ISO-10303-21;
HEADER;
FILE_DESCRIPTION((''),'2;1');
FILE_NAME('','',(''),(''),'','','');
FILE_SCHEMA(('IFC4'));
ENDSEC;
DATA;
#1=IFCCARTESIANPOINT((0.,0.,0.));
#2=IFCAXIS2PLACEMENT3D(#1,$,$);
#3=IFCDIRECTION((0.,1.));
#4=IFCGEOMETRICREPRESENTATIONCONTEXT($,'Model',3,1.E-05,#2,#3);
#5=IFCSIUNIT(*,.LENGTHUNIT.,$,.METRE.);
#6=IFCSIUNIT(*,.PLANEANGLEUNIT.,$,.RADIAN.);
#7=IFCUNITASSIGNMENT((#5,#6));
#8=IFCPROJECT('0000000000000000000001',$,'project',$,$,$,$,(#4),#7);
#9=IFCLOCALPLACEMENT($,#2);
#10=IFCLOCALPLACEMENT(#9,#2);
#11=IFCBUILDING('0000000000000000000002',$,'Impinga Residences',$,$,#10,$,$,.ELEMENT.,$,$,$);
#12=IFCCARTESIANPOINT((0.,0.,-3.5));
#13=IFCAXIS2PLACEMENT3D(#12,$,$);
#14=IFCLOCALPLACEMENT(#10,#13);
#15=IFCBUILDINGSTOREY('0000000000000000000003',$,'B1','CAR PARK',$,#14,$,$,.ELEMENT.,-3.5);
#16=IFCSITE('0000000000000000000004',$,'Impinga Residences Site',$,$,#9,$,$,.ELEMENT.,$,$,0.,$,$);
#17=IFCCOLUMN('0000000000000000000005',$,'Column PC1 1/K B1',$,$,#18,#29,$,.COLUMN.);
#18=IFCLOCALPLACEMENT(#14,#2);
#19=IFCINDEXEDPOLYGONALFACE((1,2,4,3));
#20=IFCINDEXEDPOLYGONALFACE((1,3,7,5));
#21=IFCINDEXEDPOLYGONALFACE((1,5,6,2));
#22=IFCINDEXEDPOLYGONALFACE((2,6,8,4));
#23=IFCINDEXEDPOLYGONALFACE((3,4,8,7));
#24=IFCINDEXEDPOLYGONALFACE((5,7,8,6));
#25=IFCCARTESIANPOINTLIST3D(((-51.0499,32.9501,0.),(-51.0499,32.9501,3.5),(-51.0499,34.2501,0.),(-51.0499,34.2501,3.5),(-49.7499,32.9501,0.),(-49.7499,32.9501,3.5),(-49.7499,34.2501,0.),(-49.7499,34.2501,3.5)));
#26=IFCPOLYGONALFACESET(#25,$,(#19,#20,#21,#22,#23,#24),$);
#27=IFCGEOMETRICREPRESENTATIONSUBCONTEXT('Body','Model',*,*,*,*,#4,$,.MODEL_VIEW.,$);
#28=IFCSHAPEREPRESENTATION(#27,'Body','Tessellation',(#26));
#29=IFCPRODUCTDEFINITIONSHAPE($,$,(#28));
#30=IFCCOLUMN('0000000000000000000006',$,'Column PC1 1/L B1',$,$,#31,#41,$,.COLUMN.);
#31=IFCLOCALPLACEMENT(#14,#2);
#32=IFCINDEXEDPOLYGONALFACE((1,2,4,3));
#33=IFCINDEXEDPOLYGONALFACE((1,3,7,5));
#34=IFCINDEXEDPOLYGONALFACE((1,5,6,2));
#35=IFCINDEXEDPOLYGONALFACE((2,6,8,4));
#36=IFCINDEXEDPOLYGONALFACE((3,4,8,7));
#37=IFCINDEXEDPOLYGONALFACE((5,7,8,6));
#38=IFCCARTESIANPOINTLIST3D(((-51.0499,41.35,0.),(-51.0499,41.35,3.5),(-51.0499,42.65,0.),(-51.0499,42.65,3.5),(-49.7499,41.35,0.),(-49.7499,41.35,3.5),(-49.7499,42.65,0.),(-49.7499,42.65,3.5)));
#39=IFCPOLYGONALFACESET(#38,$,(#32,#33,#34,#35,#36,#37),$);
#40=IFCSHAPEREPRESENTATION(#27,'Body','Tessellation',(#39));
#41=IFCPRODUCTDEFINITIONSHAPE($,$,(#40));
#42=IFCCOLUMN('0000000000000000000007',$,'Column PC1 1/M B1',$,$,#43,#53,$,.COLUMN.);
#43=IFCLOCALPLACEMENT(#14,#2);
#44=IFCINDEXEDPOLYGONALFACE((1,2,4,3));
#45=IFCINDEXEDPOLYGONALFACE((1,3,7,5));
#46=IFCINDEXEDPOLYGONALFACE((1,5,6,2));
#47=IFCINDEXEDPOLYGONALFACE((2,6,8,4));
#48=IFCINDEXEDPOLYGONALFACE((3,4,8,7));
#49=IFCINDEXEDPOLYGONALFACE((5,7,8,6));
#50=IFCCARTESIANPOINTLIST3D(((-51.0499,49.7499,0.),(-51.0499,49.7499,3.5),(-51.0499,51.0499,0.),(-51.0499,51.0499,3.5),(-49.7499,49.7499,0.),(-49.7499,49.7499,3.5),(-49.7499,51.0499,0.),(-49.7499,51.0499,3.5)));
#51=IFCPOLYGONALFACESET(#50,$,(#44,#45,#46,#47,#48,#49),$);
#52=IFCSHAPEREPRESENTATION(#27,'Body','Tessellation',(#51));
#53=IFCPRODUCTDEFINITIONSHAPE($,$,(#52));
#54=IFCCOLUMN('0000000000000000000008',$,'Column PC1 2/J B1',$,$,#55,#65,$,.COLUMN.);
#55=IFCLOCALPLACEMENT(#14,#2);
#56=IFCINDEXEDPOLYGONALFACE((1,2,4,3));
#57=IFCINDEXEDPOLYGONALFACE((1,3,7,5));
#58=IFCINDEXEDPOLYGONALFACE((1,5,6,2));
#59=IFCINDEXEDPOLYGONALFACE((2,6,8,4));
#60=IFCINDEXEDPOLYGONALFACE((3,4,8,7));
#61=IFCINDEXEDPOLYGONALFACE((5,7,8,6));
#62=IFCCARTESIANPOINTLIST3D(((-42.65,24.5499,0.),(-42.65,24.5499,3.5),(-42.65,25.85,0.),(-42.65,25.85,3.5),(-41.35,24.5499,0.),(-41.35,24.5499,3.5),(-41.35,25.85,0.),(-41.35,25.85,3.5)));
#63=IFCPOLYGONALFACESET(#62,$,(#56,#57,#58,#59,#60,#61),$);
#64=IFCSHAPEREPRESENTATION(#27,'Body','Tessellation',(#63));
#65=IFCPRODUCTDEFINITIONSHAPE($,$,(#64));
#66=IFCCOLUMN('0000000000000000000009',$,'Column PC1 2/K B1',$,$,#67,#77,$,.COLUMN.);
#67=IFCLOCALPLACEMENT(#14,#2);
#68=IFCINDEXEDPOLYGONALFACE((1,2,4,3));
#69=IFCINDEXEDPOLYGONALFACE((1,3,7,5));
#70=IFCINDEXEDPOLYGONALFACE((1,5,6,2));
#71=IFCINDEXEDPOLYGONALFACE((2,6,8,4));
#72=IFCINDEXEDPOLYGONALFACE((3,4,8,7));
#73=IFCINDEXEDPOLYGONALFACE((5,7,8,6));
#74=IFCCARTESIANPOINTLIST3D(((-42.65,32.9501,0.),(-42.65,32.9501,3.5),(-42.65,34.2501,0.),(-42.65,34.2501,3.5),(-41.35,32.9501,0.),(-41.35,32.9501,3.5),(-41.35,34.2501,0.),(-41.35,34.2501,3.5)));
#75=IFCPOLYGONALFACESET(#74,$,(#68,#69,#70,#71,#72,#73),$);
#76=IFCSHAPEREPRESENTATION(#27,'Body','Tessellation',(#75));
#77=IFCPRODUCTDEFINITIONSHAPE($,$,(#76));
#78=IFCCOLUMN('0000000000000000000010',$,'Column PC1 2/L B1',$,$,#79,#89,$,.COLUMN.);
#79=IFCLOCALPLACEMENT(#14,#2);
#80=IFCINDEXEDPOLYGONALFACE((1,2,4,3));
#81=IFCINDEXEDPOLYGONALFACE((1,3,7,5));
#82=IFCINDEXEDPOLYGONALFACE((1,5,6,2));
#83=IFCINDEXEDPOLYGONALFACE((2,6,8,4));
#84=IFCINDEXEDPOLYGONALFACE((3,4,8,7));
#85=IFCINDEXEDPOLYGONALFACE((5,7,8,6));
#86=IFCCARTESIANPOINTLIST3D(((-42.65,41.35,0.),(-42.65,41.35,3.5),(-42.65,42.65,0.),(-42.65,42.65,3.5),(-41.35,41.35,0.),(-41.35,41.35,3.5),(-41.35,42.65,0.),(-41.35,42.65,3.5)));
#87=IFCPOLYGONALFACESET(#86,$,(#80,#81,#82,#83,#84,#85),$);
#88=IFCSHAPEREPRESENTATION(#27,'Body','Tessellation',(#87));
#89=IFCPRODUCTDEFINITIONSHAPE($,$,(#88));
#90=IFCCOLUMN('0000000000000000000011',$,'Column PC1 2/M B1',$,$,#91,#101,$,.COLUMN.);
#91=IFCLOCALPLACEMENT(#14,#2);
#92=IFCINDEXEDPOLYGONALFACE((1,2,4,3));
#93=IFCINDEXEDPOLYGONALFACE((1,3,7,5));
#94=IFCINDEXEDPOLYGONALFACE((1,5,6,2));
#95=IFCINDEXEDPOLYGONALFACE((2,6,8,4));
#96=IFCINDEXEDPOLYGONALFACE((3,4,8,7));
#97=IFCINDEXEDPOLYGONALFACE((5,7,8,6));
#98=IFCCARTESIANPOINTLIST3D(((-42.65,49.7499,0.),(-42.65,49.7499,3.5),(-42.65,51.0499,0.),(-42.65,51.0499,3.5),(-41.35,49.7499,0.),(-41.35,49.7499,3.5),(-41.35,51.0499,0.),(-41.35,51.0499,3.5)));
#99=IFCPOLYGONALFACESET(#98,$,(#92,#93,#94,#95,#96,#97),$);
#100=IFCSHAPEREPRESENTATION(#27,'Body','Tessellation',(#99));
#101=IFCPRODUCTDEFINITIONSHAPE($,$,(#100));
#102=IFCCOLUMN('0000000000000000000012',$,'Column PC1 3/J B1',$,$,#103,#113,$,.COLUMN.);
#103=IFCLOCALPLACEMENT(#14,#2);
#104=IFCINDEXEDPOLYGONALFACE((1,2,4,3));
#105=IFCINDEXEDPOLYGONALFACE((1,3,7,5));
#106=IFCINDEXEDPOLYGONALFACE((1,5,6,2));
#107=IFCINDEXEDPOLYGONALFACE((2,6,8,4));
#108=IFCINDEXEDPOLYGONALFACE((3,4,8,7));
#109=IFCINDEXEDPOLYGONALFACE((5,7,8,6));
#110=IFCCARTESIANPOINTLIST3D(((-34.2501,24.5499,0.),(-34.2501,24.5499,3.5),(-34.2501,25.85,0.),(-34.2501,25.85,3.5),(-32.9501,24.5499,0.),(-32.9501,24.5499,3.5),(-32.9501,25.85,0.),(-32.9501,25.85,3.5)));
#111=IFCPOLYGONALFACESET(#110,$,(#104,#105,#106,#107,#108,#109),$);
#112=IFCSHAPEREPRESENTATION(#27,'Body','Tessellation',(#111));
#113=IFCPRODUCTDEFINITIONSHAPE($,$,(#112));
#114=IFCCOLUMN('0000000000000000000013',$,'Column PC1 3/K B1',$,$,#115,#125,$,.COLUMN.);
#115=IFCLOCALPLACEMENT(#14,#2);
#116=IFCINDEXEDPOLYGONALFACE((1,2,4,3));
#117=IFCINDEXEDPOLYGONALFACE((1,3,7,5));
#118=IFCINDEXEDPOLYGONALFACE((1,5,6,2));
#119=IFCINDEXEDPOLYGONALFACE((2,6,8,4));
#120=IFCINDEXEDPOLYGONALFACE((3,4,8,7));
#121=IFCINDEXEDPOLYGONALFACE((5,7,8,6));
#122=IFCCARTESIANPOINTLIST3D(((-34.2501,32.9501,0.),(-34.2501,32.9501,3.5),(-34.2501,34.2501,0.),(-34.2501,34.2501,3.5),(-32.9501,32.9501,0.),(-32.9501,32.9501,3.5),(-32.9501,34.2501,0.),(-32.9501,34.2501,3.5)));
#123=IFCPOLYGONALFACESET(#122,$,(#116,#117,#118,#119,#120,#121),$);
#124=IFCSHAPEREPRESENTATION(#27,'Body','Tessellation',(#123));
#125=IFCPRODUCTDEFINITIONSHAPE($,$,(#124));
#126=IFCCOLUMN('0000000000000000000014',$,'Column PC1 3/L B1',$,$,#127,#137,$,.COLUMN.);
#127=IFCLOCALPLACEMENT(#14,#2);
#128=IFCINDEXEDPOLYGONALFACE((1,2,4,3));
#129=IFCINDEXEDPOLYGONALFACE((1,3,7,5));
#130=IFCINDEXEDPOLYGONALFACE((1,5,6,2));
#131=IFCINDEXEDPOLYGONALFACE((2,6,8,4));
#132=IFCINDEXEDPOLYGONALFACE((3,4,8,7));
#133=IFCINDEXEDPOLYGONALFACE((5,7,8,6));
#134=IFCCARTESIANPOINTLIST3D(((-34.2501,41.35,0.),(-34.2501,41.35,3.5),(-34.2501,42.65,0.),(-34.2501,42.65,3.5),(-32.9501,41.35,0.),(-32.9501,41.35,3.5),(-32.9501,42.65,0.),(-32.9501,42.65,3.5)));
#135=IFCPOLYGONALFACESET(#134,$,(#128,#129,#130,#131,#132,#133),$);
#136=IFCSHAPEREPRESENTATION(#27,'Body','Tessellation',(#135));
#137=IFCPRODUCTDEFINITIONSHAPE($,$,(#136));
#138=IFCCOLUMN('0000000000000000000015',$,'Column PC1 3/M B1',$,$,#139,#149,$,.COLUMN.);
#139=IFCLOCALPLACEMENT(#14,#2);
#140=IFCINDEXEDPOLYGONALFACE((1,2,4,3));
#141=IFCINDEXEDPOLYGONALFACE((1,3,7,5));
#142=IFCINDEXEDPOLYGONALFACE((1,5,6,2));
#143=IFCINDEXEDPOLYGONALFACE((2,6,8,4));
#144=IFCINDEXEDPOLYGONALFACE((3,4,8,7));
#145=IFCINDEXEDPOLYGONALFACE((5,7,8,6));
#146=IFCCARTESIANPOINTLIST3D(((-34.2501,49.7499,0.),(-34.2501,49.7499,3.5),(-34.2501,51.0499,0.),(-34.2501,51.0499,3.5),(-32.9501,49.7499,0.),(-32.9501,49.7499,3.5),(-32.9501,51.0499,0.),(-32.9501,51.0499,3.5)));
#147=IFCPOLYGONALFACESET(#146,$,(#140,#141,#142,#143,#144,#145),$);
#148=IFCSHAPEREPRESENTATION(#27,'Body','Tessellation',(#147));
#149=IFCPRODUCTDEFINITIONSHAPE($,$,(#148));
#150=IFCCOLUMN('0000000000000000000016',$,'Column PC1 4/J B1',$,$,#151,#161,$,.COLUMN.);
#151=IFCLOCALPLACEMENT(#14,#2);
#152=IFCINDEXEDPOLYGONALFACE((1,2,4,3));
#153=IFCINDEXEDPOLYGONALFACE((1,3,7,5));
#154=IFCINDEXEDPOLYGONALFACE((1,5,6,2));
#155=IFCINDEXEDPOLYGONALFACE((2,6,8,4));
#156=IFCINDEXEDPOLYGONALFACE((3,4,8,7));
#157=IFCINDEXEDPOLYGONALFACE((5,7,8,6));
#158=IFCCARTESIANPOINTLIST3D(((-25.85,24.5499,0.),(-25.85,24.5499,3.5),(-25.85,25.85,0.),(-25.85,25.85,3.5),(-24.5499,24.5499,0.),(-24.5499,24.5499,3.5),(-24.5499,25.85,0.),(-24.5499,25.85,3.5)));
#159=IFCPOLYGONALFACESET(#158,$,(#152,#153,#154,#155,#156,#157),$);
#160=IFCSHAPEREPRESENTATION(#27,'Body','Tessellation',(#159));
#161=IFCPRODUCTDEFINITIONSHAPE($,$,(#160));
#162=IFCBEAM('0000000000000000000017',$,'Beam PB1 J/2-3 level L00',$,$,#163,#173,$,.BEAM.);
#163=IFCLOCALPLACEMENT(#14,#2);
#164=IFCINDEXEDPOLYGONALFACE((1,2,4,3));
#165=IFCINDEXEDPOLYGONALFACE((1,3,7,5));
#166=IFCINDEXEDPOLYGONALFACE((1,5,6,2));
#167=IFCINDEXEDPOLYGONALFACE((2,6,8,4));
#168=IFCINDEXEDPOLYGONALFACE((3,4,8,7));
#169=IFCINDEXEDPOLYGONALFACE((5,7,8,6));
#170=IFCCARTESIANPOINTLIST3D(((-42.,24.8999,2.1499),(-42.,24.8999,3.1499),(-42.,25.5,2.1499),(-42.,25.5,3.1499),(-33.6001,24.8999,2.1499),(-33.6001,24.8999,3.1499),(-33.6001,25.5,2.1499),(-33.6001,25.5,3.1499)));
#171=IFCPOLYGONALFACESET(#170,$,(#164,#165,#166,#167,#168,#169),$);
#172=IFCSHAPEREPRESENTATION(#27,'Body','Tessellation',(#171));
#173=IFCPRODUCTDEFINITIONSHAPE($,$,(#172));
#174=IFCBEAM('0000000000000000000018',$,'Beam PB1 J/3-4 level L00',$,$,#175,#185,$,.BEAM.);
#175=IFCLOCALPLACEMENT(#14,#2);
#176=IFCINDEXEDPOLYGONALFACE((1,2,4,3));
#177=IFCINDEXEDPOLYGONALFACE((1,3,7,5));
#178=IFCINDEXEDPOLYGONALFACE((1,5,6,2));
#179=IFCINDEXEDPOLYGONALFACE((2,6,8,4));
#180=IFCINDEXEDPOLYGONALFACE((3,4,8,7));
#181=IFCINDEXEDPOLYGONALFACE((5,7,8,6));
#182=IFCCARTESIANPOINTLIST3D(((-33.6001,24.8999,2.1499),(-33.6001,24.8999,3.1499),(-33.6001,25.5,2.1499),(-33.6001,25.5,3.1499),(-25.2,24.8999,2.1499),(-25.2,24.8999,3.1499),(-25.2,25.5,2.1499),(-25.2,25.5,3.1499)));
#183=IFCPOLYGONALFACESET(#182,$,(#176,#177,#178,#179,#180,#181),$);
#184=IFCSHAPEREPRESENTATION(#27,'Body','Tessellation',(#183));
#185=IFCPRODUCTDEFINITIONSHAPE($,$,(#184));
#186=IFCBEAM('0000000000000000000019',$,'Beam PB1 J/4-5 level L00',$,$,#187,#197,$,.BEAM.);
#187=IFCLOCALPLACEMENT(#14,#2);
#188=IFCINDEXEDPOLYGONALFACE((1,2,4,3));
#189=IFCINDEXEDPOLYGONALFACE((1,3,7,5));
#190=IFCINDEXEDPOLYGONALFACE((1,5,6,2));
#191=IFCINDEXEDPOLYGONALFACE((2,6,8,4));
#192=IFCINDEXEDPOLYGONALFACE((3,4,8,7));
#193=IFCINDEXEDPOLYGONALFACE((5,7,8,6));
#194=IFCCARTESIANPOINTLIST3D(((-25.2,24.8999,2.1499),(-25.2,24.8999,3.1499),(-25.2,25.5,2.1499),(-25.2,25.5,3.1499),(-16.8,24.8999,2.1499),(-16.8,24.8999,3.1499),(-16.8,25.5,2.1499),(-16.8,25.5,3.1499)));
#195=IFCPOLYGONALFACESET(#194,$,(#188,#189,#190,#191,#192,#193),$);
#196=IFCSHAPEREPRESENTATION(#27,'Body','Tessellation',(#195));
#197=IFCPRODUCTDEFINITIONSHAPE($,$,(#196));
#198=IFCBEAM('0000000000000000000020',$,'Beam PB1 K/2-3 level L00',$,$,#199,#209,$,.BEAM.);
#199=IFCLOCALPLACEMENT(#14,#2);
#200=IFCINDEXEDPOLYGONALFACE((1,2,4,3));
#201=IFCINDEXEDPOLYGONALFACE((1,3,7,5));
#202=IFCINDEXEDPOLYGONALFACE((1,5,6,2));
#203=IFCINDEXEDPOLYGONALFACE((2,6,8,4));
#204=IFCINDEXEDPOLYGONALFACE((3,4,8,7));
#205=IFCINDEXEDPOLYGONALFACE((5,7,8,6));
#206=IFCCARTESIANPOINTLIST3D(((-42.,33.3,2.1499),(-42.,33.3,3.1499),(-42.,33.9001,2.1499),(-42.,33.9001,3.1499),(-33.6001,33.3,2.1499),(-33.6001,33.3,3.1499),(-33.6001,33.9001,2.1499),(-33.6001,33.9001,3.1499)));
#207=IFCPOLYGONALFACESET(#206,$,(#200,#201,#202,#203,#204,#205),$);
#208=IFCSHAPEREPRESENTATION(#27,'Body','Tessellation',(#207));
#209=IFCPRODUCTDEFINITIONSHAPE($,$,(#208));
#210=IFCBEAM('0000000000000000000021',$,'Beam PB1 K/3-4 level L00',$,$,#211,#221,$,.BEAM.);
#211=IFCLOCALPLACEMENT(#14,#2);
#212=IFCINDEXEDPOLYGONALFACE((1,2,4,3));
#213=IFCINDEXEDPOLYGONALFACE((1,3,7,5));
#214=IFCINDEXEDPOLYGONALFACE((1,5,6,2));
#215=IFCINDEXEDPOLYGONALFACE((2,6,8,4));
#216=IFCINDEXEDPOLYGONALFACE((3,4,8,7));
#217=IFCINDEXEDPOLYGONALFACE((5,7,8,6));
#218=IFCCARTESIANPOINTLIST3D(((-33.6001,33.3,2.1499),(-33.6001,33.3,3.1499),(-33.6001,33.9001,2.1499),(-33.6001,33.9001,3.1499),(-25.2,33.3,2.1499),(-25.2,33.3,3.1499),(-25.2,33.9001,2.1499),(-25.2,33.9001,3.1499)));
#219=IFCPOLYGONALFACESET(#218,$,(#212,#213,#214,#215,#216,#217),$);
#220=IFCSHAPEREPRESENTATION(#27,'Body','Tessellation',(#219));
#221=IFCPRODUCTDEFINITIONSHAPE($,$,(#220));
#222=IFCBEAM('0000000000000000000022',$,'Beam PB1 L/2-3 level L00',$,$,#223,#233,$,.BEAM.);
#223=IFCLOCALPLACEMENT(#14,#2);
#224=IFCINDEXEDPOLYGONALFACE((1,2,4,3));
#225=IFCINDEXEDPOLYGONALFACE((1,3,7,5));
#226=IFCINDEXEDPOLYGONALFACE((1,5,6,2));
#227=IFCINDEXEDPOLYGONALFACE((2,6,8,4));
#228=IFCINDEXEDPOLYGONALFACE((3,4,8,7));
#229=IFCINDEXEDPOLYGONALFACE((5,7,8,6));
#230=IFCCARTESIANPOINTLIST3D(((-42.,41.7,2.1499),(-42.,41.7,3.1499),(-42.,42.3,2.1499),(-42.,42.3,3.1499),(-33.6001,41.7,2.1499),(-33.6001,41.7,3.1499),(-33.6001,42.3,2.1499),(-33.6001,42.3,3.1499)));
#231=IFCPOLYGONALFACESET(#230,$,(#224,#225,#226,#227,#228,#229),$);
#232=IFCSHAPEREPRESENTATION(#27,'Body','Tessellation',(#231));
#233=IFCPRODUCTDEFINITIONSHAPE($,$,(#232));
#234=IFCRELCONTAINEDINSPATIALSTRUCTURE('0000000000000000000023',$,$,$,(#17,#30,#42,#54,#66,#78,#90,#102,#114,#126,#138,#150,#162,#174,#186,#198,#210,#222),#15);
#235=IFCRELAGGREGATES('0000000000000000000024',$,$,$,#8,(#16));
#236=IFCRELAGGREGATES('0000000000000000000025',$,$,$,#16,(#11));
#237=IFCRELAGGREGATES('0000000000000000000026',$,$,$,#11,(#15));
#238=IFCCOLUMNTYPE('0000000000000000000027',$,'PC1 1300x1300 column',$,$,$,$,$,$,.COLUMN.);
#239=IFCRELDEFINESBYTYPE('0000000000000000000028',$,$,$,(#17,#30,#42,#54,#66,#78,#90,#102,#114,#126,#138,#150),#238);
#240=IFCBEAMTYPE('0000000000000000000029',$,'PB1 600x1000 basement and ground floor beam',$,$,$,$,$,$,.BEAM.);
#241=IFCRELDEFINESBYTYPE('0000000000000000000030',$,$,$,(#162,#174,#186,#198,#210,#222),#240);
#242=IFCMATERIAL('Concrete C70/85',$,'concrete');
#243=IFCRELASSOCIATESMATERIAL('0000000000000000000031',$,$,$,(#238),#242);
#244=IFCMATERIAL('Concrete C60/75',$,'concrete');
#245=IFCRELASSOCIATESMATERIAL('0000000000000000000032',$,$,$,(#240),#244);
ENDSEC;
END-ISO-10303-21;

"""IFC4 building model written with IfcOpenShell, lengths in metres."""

from ifc_helpers import new_model, si_unit, direction, frame, origin, origin_2d, place, context, subcontext, project, spatial, rectangle, extrude, material, material_profile, profile_set, type_object, element, save


model = new_model("IFC4")

# Units and contexts
model_context = context("Model", 3, precision=1e-05, world=origin(), true_north=direction((0.0, 1.0)))
body_context = subcontext(model_context, "Body", "Model", "MODEL_VIEW")
ifc_project = project(units=[si_unit("LENGTHUNIT", "METRE"), si_unit("PLANEANGLEUNIT", "RADIAN")], contexts=[model_context])

# Site, building, storey
site_placement = place(None, origin())
site = spatial("IfcSite", under=ifc_project, at=site_placement, Name="Impinga Residences Site", CompositionType="ELEMENT", RefElevation=0.0)
building_placement = place(site_placement, origin())
building = spatial("IfcBuilding", under=site, at=building_placement, Name="Impinga Residences", CompositionType="ELEMENT")
storey_placement = place(building_placement, frame((0.0, 0.0, -3.5)))
storey = spatial("IfcBuildingStorey", under=building, at=storey_placement, Name="B1", Description="CAR PARK", CompositionType="ELEMENT", Elevation=-3.5)

# Columns
ifc_material_1 = material(Name="Concrete C70/85", Category="concrete")
ifc_material_profile_1 = material_profile(ifc_material_1, rectangle(XDim=1.3, YDim=1.3, at=origin_2d()), Name="RC 1300x1300")
ifc_profile_set_1 = profile_set([ifc_material_profile_1], Name="Concrete C70/85")
column_type = type_object("IfcColumnType", Name="PC1 1300x1300 column", PredefinedType="COLUMN", material=ifc_profile_set_1)
for number, where, z_axis, x_axis, name in (
    (1, (-50.3999, 33.6001, 0.0), (0.0, 0.0, 1.0), (1.0, 0.0, 0.0), "Column PC1 1/K B1"),
    (2, (-50.3999, 42.0, 0.0), (0.0, 0.0, 1.0), (1.0, 0.0, 0.0), "Column PC1 1/L B1"),
    (3, (-50.3999, 50.3999, 0.0), (0.0, 0.0, 1.0), (1.0, 0.0, 0.0), "Column PC1 1/M B1"),
    (4, (-42.0, 25.2, 0.0), (0.0, 0.0, 1.0), (1.0, 0.0, 0.0), "Column PC1 2/J B1"),
    (5, (-42.0, 33.6001, 0.0), (0.0, 0.0, 1.0), (1.0, 0.0, 0.0), "Column PC1 2/K B1"),
    (6, (-42.0, 42.0, 0.0), (0.0, 0.0, 1.0), (1.0, 0.0, 0.0), "Column PC1 2/L B1"),
    (7, (-42.0, 50.3999, 0.0), (0.0, 0.0, 1.0), (1.0, 0.0, 0.0), "Column PC1 2/M B1"),
    (8, (-33.6001, 25.2, 0.0), (0.0, 0.0, 1.0), (1.0, 0.0, 0.0), "Column PC1 3/J B1"),
    (9, (-33.6001, 33.6001, 0.0), (0.0, 0.0, 1.0), (1.0, 0.0, 0.0), "Column PC1 3/K B1"),
    (10, (-33.6001, 42.0, 0.0), (0.0, 0.0, 1.0), (1.0, 0.0, 0.0), "Column PC1 3/L B1"),
    (11, (-33.6001, 50.3999, 0.0), (0.0, 0.0, 1.0), (1.0, 0.0, 0.0), "Column PC1 3/M B1"),
    (12, (-25.2, 25.2, 0.0), (0.0, 0.0, 1.0), (1.0, 0.0, 0.0), "Column PC1 4/J B1"),
):
    element("IfcColumn", number, at=place(storey_placement, frame(where, z_axis=z_axis, x_axis=x_axis)), inside=storey, type_object=column_type, Name=name, PredefinedType="COLUMN", context=body_context, shape_type="SweptSolid", body=[
        extrude(rectangle(XDim=1.3, YDim=1.3, at=origin_2d()), origin(), (0.0, 0.0, 1.0), 3.5),
    ])

# Beams
ifc_material_2 = material(Name="Concrete C60/75", Category="concrete")
ifc_material_profile_2 = material_profile(ifc_material_2, rectangle(XDim=0.6001, YDim=1.0, at=origin_2d()), Name="RC 600x1000")
ifc_profile_set_2 = profile_set([ifc_material_profile_2], Name="Concrete C60/75")
beam_type = type_object("IfcBeamType", Name="PB1 600x1000 basement and ground floor beam", PredefinedType="BEAM", material=ifc_profile_set_2)
beam_1_placement = place(storey_placement, frame((-42.0, 25.2, 2.6499), z_axis=(1.0, 0.0, 0.0), x_axis=(0.0, 1.0, 0.0)))
element("IfcBeam", 13, at=beam_1_placement, inside=storey, type_object=beam_type, Name="Beam PB1 J/2-3 level L00", PredefinedType="BEAM", context=body_context, shape_type="SweptSolid", body=[
    extrude(rectangle(XDim=0.6001, YDim=1.0, at=origin_2d()), origin(), (0.0, 0.0, 1.0), 8.3999),
])
beam_2_placement = place(storey_placement, frame((-33.6001, 25.2, 2.6499), z_axis=(1.0, 0.0, 0.0), x_axis=(0.0, 1.0, 0.0)))
element("IfcBeam", 14, at=beam_2_placement, inside=storey, type_object=beam_type, Name="Beam PB1 J/3-4 level L00", PredefinedType="BEAM", context=body_context, shape_type="SweptSolid", body=[
    extrude(rectangle(XDim=0.6001, YDim=1.0, at=origin_2d()), origin(), (0.0, 0.0, 1.0), 8.4001),
])
for number, where, z_axis, x_axis, name in (
    (15, (-25.2, 25.2, 2.6499), (1.0, 0.0, 0.0), (0.0, 1.0, 0.0), "Beam PB1 J/4-5 level L00"),
    (16, (-42.0, 33.6001, 2.6499), (1.0, 0.0, 0.0), (0.0, 1.0, 0.0), "Beam PB1 K/2-3 level L00"),
):
    element("IfcBeam", number, at=place(storey_placement, frame(where, z_axis=z_axis, x_axis=x_axis)), inside=storey, type_object=beam_type, Name=name, PredefinedType="BEAM", context=body_context, shape_type="SweptSolid", body=[
        extrude(rectangle(XDim=0.6001, YDim=1.0, at=origin_2d()), origin(), (0.0, 0.0, 1.0), 8.3999),
    ])
beam_3_placement = place(storey_placement, frame((-33.6001, 33.6001, 2.6499), z_axis=(1.0, 0.0, 0.0), x_axis=(0.0, 1.0, 0.0)))
element("IfcBeam", 17, at=beam_3_placement, inside=storey, type_object=beam_type, Name="Beam PB1 K/3-4 level L00", PredefinedType="BEAM", context=body_context, shape_type="SweptSolid", body=[
    extrude(rectangle(XDim=0.6001, YDim=1.0, at=origin_2d()), origin(), (0.0, 0.0, 1.0), 8.4001),
])
beam_4_placement = place(storey_placement, frame((-42.0, 42.0, 2.6499), z_axis=(1.0, 0.0, 0.0), x_axis=(0.0, 1.0, 0.0)))
element("IfcBeam", 18, at=beam_4_placement, inside=storey, type_object=beam_type, Name="Beam PB1 L/2-3 level L00", PredefinedType="BEAM", context=body_context, shape_type="SweptSolid", body=[
    extrude(rectangle(XDim=0.6001, YDim=1.0, at=origin_2d()), origin(), (0.0, 0.0, 1.0), 8.3999),
])

save(model, "model.ifc")
